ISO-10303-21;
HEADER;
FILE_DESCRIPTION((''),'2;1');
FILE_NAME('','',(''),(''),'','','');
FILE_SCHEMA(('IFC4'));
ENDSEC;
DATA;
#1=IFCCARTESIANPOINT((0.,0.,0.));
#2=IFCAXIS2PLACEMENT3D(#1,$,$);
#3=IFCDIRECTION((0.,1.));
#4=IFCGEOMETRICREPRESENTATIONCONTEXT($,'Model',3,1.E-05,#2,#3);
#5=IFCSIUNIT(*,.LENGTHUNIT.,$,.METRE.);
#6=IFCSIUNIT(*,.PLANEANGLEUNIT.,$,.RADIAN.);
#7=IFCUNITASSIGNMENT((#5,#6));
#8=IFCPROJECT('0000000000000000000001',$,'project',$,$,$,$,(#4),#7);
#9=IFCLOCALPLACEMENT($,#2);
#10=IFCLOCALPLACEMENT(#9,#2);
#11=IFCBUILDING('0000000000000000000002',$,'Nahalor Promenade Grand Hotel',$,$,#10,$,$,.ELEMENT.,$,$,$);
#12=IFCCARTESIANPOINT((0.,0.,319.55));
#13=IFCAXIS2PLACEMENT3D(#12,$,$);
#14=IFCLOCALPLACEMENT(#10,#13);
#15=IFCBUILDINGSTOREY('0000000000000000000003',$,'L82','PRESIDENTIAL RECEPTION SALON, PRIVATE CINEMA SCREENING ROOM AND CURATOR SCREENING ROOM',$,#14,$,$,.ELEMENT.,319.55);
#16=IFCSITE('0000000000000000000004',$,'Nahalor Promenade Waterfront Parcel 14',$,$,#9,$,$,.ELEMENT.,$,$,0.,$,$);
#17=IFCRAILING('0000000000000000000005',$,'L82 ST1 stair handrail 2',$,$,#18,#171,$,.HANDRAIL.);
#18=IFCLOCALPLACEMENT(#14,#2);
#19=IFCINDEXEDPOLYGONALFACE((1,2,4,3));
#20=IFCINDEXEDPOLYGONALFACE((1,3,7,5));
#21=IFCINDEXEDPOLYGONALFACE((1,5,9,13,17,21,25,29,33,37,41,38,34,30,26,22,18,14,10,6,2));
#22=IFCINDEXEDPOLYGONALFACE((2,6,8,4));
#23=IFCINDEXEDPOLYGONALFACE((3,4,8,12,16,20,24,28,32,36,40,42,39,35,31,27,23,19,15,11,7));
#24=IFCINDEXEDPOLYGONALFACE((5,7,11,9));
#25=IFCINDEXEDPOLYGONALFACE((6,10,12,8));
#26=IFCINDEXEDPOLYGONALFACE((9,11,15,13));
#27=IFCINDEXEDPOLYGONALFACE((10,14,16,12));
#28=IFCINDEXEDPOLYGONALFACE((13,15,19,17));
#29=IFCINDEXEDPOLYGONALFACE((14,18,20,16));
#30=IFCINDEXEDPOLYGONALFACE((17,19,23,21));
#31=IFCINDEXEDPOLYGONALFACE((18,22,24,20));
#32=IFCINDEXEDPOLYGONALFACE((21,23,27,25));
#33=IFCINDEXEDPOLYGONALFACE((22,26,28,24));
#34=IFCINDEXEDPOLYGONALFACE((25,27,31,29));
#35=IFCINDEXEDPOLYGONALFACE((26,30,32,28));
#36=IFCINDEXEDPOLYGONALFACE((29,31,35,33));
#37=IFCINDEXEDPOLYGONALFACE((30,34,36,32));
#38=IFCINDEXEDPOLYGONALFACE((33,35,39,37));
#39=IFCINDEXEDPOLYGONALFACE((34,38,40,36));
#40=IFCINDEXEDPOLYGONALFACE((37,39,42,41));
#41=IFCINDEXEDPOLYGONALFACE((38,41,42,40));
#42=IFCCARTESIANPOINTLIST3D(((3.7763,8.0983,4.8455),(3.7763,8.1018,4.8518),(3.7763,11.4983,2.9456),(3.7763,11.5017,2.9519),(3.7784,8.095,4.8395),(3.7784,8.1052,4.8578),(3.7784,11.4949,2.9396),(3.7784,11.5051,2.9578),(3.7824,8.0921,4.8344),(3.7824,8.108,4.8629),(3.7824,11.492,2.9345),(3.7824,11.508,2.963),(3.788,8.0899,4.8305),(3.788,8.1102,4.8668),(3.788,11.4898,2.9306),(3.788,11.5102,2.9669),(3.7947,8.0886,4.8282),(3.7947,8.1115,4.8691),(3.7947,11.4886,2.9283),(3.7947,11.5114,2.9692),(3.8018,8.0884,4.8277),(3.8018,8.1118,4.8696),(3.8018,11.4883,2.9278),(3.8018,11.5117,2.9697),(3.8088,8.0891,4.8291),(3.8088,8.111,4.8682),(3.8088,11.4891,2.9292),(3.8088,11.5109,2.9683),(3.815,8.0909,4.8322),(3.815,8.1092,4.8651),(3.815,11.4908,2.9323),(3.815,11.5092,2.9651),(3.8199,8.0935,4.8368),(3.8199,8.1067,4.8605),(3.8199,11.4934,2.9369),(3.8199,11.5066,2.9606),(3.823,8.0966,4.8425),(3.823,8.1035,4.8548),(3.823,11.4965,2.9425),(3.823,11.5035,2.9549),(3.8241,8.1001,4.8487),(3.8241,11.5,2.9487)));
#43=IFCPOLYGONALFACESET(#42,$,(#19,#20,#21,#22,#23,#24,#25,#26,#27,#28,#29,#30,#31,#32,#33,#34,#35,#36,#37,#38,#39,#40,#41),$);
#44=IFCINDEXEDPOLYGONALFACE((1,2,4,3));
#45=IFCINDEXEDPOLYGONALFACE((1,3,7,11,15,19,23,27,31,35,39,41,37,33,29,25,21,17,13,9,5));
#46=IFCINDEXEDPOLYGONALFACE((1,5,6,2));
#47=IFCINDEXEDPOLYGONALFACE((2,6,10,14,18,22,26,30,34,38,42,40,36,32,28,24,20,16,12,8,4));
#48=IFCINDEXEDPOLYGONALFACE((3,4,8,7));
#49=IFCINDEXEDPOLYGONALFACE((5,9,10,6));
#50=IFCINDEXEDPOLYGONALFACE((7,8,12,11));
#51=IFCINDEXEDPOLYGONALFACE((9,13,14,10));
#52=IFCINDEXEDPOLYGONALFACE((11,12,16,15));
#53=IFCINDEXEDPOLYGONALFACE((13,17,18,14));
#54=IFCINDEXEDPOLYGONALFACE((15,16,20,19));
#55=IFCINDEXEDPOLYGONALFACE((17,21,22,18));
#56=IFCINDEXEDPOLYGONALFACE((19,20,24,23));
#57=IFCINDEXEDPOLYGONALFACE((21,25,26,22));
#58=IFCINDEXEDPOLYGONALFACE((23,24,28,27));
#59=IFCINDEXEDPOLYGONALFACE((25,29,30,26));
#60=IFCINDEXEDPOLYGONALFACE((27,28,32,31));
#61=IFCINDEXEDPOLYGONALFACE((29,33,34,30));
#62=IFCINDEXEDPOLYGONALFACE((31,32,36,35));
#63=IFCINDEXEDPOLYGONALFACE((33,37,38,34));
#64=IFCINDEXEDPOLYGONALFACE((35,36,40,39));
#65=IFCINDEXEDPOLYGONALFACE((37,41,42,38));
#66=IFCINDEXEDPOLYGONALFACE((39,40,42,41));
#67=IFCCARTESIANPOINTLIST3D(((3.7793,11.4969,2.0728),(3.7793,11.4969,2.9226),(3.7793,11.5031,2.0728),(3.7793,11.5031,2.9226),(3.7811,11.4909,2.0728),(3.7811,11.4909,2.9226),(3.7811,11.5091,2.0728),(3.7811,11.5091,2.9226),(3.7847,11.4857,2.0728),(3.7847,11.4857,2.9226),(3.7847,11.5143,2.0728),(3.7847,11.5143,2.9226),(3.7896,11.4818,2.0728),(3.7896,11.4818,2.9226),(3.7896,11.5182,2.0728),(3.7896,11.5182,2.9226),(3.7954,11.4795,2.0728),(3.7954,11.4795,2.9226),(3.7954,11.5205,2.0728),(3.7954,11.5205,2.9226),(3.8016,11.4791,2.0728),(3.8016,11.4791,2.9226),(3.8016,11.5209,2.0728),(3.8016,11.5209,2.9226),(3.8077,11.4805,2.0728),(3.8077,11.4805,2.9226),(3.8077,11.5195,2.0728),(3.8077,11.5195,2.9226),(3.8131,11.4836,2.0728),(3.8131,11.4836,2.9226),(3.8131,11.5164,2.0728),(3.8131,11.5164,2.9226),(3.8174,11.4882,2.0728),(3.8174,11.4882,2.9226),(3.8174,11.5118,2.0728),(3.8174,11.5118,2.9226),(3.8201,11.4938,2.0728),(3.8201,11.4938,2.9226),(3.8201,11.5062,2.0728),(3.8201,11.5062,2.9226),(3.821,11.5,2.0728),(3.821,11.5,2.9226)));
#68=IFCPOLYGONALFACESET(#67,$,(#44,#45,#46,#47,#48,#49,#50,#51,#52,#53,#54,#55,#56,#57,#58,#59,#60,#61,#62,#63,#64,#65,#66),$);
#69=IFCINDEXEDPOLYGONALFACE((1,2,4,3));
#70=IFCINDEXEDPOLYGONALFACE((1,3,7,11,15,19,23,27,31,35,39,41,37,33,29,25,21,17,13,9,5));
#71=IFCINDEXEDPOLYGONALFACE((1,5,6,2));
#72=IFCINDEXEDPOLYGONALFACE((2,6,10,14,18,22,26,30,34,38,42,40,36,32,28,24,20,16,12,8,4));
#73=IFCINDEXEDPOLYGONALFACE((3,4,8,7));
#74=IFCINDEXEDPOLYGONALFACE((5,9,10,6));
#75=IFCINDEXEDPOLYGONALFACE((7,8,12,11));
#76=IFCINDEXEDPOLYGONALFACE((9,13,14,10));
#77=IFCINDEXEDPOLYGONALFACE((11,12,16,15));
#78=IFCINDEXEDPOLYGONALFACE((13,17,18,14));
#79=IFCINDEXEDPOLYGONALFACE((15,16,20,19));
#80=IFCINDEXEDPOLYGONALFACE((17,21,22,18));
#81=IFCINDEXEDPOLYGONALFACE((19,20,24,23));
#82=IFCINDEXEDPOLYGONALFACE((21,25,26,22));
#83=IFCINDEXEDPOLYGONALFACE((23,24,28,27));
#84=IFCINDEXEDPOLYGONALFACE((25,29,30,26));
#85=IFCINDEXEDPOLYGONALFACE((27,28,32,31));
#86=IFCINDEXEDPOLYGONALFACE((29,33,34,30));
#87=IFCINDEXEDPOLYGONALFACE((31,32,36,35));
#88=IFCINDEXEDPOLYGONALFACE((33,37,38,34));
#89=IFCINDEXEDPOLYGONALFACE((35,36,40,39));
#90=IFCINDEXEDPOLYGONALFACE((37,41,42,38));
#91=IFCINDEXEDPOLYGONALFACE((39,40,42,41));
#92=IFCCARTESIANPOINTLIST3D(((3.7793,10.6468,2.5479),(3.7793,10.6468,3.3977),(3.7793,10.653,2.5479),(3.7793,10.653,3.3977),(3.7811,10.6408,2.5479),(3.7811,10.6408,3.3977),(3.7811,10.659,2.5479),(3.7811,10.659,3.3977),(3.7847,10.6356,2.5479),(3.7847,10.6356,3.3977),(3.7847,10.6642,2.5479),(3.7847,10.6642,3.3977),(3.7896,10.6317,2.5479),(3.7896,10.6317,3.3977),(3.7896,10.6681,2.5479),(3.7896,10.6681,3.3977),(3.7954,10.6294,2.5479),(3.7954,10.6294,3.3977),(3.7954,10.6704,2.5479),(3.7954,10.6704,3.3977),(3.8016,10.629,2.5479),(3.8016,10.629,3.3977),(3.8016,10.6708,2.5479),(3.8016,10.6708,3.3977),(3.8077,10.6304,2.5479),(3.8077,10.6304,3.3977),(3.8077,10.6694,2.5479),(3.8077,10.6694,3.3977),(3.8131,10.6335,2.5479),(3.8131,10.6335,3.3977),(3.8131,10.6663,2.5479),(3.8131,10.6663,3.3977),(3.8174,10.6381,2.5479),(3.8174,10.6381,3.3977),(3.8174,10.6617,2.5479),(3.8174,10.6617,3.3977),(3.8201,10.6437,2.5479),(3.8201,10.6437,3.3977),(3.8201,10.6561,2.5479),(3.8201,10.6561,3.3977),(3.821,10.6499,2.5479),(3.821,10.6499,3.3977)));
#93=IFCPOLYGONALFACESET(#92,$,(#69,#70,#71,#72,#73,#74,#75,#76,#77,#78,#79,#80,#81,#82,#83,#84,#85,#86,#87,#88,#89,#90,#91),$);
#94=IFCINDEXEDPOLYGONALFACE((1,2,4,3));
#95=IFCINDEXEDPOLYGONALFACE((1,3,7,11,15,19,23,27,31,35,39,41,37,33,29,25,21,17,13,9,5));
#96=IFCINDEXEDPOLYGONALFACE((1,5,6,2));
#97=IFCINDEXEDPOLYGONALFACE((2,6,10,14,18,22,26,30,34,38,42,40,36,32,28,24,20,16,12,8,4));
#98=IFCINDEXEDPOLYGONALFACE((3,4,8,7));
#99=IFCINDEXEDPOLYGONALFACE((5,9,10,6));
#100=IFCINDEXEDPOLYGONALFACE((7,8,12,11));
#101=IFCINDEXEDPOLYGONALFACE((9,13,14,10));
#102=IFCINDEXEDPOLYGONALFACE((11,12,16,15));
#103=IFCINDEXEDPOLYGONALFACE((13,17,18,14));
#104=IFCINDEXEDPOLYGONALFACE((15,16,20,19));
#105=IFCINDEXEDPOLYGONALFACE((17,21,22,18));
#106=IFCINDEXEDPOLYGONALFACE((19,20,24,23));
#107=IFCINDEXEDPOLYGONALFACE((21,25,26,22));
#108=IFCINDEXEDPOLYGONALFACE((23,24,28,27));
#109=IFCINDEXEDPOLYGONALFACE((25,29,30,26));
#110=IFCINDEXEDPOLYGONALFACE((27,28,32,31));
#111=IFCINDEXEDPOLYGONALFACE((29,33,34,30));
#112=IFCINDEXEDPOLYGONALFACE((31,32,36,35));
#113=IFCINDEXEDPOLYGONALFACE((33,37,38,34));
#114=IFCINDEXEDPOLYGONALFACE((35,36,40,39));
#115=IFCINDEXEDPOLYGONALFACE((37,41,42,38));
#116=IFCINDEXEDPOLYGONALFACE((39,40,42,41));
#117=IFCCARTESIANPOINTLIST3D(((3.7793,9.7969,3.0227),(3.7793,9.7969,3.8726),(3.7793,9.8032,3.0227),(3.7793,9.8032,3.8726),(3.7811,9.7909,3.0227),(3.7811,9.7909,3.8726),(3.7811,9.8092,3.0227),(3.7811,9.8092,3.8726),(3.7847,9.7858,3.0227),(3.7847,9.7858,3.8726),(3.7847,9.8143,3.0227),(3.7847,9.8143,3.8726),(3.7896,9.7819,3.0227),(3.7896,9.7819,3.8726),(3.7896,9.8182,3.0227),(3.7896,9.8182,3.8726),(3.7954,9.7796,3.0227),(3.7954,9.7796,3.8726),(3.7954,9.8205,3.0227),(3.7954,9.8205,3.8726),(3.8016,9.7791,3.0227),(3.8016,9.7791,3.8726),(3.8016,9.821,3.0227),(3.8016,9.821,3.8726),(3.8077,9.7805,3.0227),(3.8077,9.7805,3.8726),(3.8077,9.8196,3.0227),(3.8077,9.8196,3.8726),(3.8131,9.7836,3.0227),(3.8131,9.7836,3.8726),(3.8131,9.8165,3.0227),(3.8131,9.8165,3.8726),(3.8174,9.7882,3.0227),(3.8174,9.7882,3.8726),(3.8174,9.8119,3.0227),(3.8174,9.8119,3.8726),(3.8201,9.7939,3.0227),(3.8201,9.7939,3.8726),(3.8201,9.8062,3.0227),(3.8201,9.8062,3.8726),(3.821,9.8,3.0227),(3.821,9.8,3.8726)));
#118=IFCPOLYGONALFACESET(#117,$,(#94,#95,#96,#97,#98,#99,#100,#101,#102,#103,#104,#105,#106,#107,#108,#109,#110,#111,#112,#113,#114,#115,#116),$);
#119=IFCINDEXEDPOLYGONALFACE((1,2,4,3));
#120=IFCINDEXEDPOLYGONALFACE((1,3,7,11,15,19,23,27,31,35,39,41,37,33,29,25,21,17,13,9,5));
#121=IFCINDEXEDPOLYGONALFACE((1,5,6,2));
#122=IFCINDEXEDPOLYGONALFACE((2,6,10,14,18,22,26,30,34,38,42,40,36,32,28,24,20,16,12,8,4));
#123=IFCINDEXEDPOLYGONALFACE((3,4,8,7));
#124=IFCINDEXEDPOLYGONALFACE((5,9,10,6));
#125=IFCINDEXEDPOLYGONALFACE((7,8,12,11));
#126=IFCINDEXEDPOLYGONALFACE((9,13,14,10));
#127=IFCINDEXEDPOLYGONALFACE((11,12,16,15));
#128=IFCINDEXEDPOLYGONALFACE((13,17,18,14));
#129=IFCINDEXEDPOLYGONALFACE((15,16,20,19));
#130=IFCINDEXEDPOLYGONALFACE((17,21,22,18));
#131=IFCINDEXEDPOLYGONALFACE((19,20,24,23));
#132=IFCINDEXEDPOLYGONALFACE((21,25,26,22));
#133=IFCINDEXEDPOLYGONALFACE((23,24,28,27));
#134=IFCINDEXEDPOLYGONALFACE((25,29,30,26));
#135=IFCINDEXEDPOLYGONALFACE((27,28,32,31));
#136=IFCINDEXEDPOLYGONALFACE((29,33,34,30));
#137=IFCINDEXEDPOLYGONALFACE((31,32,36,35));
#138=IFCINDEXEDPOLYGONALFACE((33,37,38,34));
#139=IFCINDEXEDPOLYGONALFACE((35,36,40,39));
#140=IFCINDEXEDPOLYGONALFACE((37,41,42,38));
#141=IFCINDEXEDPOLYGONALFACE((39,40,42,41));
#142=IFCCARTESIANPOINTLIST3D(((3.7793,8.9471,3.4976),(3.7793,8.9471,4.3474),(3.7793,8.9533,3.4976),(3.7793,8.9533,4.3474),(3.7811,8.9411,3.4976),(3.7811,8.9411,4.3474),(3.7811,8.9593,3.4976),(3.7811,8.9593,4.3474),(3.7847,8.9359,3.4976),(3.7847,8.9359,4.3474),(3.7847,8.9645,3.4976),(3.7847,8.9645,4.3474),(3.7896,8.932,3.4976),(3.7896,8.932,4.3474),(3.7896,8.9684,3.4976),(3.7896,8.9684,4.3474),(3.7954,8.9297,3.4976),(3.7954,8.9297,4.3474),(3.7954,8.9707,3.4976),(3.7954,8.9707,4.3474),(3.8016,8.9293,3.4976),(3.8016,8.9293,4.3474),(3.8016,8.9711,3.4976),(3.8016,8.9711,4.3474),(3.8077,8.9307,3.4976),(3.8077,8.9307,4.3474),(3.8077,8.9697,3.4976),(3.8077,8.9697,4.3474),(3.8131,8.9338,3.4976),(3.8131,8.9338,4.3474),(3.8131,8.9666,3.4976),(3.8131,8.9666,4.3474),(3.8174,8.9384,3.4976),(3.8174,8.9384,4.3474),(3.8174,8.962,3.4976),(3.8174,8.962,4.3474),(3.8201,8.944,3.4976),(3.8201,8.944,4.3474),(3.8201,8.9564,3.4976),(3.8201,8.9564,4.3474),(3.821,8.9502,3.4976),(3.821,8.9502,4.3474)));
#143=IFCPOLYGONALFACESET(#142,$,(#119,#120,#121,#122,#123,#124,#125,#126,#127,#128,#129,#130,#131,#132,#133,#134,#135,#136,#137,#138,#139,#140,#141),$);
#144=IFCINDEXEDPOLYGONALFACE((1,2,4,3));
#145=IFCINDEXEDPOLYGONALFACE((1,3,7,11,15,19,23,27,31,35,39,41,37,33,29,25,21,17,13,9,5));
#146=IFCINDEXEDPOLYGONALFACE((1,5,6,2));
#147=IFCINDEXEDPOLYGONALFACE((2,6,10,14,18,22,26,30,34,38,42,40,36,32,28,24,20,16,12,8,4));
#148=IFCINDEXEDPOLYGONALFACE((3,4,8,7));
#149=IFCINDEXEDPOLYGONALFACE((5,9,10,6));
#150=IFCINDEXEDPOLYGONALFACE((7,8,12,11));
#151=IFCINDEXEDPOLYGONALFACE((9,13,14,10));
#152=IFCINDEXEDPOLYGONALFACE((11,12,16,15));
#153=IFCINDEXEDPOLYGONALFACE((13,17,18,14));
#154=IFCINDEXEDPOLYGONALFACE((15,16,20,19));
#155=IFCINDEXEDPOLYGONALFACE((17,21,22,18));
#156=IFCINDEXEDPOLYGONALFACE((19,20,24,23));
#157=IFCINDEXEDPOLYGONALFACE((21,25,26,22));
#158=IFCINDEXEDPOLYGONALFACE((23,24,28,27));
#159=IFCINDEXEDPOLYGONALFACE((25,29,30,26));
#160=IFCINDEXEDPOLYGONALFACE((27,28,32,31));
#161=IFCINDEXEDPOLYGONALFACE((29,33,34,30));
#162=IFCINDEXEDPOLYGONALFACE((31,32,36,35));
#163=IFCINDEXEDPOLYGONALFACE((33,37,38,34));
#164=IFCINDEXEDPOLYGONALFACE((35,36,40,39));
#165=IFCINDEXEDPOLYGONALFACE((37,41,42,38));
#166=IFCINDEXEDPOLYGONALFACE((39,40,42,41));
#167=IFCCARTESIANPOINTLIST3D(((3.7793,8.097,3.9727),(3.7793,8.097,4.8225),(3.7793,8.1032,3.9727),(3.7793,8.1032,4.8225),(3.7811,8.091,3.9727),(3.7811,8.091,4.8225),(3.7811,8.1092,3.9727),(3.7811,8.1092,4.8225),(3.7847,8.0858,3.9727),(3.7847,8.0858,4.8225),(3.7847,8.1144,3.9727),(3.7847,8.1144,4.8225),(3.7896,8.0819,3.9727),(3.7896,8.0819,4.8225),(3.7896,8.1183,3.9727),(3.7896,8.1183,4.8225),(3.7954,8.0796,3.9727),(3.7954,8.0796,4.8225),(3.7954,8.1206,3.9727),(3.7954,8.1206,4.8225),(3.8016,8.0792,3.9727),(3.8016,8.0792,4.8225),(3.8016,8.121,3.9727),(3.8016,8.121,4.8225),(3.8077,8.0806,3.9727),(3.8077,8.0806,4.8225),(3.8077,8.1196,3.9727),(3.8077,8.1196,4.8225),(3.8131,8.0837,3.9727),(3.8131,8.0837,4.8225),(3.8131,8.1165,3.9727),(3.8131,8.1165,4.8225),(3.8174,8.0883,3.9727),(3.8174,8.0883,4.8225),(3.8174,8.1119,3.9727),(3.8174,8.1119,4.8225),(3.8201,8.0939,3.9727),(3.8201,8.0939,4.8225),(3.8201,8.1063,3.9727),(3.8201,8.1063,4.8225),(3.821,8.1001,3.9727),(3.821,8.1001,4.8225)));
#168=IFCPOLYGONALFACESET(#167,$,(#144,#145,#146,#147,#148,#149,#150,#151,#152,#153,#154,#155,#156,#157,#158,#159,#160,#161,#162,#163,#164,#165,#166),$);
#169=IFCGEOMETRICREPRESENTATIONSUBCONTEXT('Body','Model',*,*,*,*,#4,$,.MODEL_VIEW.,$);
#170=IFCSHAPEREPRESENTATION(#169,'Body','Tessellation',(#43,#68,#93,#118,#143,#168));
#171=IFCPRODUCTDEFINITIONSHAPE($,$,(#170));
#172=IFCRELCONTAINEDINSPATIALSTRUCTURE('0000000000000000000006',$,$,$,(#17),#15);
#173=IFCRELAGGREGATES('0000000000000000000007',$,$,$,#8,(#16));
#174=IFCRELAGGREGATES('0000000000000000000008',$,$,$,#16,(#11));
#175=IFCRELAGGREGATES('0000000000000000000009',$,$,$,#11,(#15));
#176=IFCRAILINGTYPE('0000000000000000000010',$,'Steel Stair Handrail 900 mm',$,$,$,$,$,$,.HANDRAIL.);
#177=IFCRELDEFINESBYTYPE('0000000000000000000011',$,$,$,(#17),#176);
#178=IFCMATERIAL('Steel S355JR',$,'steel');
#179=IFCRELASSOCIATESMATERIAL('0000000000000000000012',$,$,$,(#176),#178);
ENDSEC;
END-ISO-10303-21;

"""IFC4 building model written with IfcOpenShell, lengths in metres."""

from ifc_helpers import new_model, si_unit, direction, frame, origin, origin_2d, place, context, subcontext, project, spatial, circle, extrude, material, type_object, element, save


model = new_model("IFC4")

# Units and contexts
model_context = context("Model", 3, precision=1e-05, world=origin(), true_north=direction((0.0, 1.0)))
body_context = subcontext(model_context, "Body", "Model", "MODEL_VIEW")
ifc_project = project(units=[si_unit("LENGTHUNIT", "METRE"), si_unit("PLANEANGLEUNIT", "RADIAN")], contexts=[model_context])

# Site, building, storey
site_placement = place(None, origin())
site = spatial("IfcSite", under=ifc_project, at=site_placement, Name="Nahalor Promenade Waterfront Parcel 14", CompositionType="ELEMENT", RefElevation=0.0)
building_placement = place(site_placement, origin())
building = spatial("IfcBuilding", under=site, at=building_placement, Name="Nahalor Promenade Grand Hotel", CompositionType="ELEMENT")
storey_placement = place(building_placement, frame((0.0, 0.0, 319.55)))
storey = spatial("IfcBuildingStorey", under=building, at=storey_placement, Name="L82", Description="PRESIDENTIAL RECEPTION SALON, PRIVATE CINEMA SCREENING ROOM AND CURATOR SCREENING ROOM", CompositionType="ELEMENT", Elevation=319.55)

# Shared definitions
ifc_material_1 = material(Name="Steel S355JR", Category="steel")

# Railing
railing_type_1 = type_object("IfcRailingType", Name="Steel Stair Handrail 900 mm", PredefinedType="HANDRAIL", material=ifc_material_1)
railing_1_placement = place(storey_placement, frame((3.8, 11.5, 2.0728)))
element("IfcRailing", 1, at=railing_1_placement, inside=storey, type_object=railing_type_1, Name="L82 ST1 stair handrail 2", PredefinedType="HANDRAIL", context=body_context, shape_type="SweptSolid", body=[
    extrude(circle(Radius=0.024, at=origin_2d()), frame((0.0, 0.0, 0.876), z_axis=(0.0, -0.872948, 0.487813), x_axis=(1.0, 0.0, 0.0)), (0.0, 0.0, 1.0), 3.8948),
    extrude(circle(Radius=0.021, at=origin_2d()), origin(), (0.0, 0.0, 1.0), 0.8499),
    extrude(circle(Radius=0.021, at=origin_2d()), frame((0.0, -0.8501, 0.4751)), (0.0, 0.0, 1.0), 0.8499),
    extrude(circle(Radius=0.021, at=origin_2d()), frame((0.0, -1.7, 0.95)), (0.0, 0.0, 1.0), 0.8499),
    extrude(circle(Radius=0.021, at=origin_2d()), frame((0.0, -2.5498, 1.4248)), (0.0, 0.0, 1.0), 0.8499),
    extrude(circle(Radius=0.021, at=origin_2d()), frame((0.0, -3.3999, 1.8999)), (0.0, 0.0, 1.0), 0.8499),
])

save(model, "model.ifc")
